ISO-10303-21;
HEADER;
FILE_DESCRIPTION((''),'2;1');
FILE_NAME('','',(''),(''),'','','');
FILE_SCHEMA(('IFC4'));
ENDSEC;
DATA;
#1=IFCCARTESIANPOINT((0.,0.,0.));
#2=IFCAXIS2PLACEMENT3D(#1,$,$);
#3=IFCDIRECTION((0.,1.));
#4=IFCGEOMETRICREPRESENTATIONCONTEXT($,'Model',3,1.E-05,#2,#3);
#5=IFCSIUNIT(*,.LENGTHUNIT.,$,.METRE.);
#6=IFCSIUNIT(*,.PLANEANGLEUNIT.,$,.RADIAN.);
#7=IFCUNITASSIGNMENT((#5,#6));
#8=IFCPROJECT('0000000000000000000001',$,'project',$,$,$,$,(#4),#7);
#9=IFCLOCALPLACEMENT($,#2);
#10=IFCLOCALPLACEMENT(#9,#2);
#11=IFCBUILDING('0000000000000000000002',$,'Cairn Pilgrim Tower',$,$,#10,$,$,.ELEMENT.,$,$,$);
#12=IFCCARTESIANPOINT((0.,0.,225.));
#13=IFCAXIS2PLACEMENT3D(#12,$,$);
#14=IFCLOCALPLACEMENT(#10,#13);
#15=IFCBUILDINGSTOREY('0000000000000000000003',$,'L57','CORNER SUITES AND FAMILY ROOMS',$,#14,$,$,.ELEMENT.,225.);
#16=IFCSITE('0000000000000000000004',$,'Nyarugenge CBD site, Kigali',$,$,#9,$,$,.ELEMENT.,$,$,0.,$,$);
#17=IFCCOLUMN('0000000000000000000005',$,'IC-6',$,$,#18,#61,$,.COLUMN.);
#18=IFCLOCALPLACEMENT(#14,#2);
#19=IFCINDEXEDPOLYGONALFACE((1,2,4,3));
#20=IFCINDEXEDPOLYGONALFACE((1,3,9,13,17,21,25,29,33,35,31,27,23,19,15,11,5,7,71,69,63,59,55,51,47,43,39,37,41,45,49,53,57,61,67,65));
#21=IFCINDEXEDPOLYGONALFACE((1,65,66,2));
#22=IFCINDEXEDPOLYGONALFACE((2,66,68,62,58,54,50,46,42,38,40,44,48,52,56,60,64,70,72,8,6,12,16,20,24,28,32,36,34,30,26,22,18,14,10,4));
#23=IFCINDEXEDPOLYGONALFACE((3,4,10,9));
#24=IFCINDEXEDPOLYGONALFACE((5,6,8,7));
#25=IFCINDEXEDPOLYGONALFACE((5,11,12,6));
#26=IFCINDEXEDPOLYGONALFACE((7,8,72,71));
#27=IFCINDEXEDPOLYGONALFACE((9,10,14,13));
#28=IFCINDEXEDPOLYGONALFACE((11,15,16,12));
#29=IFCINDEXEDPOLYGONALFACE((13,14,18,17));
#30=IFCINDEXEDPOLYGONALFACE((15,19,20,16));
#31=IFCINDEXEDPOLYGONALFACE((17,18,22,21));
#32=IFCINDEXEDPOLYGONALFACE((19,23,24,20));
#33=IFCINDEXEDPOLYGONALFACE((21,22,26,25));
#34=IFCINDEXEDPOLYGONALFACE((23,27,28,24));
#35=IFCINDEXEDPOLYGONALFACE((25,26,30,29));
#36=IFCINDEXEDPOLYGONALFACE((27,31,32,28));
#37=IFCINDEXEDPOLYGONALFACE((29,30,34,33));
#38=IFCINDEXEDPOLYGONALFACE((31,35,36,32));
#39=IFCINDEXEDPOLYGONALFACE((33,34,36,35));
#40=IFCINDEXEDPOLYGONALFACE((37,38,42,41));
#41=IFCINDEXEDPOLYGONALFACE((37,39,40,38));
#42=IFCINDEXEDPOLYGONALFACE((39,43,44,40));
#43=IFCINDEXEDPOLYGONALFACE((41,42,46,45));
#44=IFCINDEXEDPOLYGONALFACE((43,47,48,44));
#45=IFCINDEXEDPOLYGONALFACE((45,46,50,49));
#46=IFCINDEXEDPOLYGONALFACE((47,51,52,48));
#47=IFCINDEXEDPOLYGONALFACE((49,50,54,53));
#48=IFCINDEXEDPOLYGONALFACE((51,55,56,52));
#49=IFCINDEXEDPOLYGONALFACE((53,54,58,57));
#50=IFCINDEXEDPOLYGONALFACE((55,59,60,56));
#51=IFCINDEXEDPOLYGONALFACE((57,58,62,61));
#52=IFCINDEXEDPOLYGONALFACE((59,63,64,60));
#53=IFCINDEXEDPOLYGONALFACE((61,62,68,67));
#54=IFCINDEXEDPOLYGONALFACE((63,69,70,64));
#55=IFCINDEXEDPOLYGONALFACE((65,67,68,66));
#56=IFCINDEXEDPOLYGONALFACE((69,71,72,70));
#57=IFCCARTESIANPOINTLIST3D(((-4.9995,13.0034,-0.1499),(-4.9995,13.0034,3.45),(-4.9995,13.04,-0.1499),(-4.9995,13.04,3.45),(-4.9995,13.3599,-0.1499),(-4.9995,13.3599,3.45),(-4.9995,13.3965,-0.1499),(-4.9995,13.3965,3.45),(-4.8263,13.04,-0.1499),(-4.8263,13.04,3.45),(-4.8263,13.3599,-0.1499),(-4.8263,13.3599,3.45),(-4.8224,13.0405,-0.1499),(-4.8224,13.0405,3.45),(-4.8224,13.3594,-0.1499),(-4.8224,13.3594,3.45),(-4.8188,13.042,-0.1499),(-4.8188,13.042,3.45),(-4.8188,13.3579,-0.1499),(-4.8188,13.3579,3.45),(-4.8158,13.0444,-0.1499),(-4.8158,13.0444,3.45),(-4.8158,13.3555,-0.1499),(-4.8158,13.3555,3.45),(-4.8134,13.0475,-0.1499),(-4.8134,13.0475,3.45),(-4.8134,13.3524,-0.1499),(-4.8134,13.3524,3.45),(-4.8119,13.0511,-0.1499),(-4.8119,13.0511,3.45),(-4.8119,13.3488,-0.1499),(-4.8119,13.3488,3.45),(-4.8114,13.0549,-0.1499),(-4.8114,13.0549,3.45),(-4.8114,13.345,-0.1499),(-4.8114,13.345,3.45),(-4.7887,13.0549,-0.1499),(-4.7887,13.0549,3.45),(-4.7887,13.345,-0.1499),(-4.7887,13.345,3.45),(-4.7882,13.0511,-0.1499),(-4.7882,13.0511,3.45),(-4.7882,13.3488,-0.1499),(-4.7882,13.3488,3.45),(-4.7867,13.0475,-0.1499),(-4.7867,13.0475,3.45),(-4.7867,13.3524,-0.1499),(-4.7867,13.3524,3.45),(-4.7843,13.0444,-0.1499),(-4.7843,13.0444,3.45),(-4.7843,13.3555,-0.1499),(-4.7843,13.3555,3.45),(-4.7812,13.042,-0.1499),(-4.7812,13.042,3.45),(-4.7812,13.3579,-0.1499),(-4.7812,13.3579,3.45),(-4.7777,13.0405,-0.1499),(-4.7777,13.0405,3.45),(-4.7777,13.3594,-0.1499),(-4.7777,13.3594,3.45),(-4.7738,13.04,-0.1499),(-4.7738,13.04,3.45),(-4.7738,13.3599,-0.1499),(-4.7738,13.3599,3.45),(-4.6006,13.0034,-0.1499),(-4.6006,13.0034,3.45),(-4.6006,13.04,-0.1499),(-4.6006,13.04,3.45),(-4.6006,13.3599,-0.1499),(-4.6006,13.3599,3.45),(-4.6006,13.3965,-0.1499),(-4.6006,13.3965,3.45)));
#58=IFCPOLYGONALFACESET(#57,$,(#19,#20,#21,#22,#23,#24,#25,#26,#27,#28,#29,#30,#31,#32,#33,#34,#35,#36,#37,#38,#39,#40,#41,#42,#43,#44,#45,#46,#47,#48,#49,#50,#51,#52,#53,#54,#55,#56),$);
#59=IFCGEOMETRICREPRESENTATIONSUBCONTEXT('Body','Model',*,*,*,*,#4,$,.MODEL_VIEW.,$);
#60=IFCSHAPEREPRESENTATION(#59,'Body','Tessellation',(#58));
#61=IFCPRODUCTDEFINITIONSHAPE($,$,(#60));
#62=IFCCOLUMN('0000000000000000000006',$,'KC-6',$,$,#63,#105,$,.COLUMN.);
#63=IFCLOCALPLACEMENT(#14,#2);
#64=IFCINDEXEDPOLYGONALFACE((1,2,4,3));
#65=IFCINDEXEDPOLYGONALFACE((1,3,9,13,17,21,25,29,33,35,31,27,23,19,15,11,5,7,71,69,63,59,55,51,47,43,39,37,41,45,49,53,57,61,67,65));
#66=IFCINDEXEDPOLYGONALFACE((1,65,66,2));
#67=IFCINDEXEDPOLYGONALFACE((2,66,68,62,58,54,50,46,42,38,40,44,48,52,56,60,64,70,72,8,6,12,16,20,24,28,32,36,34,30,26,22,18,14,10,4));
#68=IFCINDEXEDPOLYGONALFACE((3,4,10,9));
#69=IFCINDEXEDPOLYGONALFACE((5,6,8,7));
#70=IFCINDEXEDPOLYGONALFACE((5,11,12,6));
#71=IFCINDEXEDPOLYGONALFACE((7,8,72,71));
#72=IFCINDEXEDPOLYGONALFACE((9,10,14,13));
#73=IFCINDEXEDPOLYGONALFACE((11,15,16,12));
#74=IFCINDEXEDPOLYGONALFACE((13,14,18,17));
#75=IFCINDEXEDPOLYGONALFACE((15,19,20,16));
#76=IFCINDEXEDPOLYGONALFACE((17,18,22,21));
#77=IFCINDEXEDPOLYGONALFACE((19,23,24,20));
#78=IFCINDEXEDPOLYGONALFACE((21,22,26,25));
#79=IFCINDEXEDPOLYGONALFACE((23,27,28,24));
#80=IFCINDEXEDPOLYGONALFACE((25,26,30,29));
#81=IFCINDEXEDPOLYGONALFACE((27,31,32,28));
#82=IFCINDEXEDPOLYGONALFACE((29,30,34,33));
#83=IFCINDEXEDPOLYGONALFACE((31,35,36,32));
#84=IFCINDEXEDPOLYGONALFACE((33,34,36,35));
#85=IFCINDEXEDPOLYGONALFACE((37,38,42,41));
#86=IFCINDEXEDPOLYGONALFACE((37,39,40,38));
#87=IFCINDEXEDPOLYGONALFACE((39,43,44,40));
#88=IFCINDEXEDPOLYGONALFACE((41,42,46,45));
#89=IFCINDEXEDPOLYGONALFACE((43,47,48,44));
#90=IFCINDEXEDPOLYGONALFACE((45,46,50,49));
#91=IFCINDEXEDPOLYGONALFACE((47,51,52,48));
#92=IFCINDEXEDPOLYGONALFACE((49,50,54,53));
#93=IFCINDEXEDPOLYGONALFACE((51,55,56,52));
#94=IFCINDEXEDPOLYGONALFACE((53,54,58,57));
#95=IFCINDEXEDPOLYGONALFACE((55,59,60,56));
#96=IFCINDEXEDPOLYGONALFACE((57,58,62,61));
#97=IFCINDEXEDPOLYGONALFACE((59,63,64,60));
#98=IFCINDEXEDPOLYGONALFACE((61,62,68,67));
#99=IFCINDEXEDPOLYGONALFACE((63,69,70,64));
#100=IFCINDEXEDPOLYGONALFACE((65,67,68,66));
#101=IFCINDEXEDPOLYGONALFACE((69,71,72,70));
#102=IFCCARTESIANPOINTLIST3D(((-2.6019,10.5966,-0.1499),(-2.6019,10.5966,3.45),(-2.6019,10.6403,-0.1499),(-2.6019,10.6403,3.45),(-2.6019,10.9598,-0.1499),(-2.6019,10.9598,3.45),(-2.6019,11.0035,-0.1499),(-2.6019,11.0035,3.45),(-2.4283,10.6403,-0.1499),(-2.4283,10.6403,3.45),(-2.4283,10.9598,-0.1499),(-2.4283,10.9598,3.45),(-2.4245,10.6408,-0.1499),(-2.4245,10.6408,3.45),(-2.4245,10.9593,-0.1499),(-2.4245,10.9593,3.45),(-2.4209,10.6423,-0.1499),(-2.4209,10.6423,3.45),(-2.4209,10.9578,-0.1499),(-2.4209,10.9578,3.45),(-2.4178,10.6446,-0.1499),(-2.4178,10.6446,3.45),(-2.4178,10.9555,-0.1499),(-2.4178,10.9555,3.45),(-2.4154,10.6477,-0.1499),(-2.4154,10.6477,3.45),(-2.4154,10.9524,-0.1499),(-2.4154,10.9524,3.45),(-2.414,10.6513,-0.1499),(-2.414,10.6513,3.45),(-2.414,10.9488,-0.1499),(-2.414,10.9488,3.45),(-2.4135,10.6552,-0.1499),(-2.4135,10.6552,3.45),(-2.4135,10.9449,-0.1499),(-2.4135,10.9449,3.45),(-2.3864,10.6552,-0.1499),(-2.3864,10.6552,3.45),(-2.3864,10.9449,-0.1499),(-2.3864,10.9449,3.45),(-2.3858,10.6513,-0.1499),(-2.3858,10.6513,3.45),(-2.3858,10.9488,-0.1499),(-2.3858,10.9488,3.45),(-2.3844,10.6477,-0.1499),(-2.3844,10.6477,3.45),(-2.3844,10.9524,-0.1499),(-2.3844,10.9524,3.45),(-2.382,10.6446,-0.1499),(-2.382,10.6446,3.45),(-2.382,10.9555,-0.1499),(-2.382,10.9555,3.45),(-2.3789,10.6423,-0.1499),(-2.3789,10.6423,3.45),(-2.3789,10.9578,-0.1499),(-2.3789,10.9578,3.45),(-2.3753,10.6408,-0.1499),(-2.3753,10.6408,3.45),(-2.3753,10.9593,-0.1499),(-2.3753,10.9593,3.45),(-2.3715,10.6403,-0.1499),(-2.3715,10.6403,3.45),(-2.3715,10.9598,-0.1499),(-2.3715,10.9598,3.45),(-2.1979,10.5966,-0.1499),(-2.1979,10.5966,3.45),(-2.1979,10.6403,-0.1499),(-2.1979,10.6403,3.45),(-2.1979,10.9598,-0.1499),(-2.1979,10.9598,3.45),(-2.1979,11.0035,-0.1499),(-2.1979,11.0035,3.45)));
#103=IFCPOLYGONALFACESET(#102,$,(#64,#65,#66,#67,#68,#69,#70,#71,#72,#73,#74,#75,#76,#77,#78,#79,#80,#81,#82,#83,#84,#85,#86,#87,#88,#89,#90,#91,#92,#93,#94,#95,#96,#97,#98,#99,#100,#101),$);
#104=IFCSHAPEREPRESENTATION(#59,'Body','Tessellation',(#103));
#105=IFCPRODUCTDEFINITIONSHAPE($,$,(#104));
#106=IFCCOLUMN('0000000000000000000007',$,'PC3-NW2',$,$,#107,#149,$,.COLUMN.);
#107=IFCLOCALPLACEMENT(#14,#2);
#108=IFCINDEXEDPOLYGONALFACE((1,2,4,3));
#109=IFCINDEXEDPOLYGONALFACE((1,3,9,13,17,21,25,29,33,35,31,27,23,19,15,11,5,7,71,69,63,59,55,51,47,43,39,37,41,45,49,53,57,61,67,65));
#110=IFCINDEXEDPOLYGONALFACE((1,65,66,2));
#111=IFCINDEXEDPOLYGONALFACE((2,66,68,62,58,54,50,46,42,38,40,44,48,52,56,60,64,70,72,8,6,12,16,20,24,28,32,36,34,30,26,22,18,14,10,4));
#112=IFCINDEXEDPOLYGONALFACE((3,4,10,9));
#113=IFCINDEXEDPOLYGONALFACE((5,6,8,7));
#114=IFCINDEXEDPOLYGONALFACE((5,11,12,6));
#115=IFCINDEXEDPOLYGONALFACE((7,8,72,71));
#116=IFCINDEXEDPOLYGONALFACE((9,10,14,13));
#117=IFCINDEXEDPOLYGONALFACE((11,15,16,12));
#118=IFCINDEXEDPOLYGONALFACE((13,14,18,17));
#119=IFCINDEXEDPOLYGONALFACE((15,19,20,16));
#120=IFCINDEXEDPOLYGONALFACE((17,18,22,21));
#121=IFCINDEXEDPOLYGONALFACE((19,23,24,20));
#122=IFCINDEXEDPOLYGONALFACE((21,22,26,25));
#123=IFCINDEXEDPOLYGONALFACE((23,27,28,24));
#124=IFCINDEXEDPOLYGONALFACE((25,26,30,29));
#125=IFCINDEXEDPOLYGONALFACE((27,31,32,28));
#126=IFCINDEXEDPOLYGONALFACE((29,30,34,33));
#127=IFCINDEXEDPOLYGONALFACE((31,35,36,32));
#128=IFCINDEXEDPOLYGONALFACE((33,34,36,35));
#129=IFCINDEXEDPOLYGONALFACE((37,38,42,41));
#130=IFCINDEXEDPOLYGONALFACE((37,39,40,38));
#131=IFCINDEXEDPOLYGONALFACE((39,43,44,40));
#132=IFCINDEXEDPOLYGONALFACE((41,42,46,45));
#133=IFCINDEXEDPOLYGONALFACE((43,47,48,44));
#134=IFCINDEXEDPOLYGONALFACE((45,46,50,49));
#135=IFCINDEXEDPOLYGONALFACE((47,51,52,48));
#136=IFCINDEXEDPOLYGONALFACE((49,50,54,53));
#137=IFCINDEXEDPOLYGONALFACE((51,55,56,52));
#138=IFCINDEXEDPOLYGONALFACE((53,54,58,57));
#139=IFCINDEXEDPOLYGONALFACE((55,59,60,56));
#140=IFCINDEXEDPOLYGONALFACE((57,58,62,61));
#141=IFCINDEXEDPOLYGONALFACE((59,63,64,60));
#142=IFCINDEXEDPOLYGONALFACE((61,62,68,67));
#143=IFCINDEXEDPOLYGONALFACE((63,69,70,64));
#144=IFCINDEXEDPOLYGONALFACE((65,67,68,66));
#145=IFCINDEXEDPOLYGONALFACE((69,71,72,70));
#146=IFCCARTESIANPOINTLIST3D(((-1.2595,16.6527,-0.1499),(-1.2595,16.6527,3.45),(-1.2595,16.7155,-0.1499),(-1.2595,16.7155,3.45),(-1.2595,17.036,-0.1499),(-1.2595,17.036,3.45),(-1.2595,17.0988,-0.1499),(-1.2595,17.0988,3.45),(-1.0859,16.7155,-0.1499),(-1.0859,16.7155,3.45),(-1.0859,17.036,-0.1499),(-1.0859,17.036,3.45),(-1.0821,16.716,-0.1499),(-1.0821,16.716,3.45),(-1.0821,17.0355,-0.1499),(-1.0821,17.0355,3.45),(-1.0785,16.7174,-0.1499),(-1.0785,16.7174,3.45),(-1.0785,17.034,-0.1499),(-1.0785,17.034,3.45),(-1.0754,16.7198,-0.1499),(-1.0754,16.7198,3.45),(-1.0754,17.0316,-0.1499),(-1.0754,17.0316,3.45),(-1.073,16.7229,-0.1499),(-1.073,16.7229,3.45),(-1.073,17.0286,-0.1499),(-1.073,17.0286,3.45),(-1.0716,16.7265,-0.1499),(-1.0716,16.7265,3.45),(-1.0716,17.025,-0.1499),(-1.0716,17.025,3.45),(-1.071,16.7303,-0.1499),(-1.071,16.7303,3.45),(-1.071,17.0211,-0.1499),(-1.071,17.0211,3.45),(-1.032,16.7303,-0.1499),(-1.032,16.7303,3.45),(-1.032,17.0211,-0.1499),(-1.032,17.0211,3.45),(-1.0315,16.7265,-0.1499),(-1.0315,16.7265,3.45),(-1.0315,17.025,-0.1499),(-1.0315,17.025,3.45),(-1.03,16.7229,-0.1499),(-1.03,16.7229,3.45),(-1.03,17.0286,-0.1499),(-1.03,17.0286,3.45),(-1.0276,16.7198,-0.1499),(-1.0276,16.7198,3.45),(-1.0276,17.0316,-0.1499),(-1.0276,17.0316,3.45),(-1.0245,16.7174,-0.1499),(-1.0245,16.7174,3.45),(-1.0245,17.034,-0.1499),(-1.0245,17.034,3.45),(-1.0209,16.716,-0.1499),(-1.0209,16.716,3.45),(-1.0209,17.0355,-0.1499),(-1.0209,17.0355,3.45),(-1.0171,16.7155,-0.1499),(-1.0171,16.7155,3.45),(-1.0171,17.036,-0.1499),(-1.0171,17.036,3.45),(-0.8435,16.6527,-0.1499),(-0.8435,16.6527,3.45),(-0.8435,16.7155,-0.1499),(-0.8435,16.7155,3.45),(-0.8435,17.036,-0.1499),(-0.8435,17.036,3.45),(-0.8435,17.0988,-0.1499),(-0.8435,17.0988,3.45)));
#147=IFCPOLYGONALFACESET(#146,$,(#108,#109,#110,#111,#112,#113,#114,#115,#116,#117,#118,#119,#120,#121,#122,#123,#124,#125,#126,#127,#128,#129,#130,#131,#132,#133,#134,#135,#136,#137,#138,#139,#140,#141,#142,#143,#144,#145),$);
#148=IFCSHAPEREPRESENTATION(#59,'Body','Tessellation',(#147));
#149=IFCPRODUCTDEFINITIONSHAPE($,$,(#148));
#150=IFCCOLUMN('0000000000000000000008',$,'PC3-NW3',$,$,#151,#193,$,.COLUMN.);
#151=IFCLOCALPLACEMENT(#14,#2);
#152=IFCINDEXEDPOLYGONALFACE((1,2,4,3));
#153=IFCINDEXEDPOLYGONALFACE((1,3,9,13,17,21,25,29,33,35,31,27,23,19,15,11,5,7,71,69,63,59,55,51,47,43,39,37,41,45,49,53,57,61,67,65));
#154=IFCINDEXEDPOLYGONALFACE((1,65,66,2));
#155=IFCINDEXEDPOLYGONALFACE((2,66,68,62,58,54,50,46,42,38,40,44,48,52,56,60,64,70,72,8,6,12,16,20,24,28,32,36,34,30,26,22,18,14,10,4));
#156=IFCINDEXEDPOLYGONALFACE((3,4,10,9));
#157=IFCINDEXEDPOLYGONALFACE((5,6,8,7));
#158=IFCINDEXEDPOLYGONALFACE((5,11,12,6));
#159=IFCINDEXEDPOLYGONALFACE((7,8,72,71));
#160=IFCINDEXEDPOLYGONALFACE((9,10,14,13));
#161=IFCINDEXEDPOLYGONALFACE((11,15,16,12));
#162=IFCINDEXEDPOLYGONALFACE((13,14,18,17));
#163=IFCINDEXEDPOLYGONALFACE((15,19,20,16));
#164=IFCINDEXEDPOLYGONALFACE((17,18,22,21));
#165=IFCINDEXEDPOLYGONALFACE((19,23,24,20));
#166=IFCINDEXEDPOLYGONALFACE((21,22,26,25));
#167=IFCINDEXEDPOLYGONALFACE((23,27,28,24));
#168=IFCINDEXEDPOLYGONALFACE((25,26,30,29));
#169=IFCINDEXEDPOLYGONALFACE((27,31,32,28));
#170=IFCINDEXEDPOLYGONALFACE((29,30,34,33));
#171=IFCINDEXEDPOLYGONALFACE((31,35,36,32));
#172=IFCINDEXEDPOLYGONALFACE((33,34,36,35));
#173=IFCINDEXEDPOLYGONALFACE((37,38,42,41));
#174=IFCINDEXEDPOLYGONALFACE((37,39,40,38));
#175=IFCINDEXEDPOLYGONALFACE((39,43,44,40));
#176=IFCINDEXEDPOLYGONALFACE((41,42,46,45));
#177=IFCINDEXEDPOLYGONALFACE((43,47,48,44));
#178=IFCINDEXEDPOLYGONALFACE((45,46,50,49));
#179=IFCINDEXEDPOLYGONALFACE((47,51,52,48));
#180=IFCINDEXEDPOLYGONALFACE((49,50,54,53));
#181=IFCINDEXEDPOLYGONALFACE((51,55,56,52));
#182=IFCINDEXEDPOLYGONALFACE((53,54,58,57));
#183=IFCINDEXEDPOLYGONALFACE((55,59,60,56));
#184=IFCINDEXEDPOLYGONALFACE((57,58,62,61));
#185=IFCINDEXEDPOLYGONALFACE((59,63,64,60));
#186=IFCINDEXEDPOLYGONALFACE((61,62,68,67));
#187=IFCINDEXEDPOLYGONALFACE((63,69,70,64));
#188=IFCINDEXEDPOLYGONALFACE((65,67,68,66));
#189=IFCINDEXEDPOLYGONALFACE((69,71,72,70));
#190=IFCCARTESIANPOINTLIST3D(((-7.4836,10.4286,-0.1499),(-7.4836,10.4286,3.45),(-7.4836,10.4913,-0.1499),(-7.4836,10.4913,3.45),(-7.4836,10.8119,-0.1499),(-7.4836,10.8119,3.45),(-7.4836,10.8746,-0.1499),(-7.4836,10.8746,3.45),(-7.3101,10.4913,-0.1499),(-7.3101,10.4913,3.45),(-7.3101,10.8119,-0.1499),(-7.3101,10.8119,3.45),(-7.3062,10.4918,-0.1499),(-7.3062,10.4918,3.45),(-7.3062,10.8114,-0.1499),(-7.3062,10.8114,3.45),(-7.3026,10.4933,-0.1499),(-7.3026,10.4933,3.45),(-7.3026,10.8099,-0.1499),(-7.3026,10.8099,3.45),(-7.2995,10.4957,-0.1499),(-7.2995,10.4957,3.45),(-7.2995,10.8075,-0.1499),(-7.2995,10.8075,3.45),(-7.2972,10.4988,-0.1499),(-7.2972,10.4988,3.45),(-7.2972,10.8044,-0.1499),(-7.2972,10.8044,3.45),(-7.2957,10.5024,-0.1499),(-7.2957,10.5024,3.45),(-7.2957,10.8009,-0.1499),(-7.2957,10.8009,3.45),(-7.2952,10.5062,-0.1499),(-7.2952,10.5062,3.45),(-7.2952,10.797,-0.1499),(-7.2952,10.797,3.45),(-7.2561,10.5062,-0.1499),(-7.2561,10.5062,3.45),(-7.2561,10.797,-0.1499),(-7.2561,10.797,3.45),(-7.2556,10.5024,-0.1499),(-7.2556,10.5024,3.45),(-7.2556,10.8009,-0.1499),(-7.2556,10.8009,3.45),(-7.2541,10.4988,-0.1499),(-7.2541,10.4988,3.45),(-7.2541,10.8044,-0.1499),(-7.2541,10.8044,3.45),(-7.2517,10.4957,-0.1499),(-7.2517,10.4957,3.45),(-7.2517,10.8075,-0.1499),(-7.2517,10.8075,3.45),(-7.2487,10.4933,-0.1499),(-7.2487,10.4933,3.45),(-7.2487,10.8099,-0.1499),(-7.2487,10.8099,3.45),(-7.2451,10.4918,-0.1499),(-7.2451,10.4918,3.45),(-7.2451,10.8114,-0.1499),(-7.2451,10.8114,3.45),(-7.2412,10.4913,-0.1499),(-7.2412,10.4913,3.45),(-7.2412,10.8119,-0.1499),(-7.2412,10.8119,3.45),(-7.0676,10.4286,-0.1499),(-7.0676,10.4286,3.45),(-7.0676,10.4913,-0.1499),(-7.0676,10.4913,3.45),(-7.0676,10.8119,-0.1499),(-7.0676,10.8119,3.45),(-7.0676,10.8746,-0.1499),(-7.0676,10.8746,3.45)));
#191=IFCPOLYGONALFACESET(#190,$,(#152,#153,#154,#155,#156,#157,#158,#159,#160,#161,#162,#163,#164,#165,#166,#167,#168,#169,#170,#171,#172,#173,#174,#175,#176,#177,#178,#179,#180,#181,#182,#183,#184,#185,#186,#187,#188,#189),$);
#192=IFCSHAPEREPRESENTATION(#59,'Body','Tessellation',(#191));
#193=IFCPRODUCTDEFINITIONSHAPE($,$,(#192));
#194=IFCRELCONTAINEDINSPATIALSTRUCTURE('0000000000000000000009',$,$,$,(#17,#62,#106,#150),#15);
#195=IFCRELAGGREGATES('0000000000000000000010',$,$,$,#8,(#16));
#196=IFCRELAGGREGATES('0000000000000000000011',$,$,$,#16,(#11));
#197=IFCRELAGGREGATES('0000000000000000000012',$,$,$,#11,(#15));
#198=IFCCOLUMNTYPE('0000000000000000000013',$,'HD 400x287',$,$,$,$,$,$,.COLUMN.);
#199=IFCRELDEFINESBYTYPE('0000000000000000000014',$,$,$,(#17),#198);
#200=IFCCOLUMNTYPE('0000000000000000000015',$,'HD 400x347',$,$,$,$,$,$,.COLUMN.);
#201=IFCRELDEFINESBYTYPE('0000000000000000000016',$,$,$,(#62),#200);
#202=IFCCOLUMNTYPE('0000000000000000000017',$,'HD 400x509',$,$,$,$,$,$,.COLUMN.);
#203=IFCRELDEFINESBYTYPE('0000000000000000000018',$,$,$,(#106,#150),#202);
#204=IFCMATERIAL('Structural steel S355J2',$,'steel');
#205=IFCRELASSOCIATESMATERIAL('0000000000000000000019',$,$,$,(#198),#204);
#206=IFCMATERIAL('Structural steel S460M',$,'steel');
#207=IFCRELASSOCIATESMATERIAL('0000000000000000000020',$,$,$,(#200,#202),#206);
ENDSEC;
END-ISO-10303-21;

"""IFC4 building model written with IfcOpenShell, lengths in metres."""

from ifc_helpers import new_model, si_unit, direction, frame, origin, origin_2d, place, context, subcontext, project, spatial, i_section, extrude, material, material_profile, profile_set, type_object, element, save


model = new_model("IFC4")

# Units and contexts
model_context = context("Model", 3, precision=1e-05, world=origin(), true_north=direction((0.0, 1.0)))
body_context = subcontext(model_context, "Body", "Model", "MODEL_VIEW")
ifc_project = project(units=[si_unit("LENGTHUNIT", "METRE"), si_unit("PLANEANGLEUNIT", "RADIAN")], contexts=[model_context])

# Site, building, storey
site_placement = place(None, origin())
site = spatial("IfcSite", under=ifc_project, at=site_placement, Name="Nyarugenge CBD site, Kigali", CompositionType="ELEMENT", RefElevation=0.0)
building_placement = place(site_placement, origin())
building = spatial("IfcBuilding", under=site, at=building_placement, Name="Cairn Pilgrim Tower", CompositionType="ELEMENT")
storey_placement = place(building_placement, frame((0.0, 0.0, 225.0)))
storey = spatial("IfcBuildingStorey", under=building, at=storey_placement, Name="L57", Description="CORNER SUITES AND FAMILY ROOMS", CompositionType="ELEMENT", Elevation=225.0)

# Columns
ifc_material_1 = material(Name="Structural steel S355J2", Category="steel")
ifc_material_profile_1 = material_profile(ifc_material_1, i_section(OverallWidth=0.3989, OverallDepth=0.3931, WebThickness=0.0227, FlangeThickness=0.0366, FilletRadius=0.0149, at=origin_2d()), Name="HD 400x287")
ifc_profile_set_1 = profile_set([ifc_material_profile_1], Name="Structural steel S355J2")
column_type_1 = type_object("IfcColumnType", Name="HD 400x287", PredefinedType="COLUMN", material=ifc_profile_set_1)
column_1_placement = place(storey_placement, frame((-4.8, 13.2, -0.1499), z_axis=(0.0, 0.0, 1.0), x_axis=(1.0, 0.0, 0.0)))
element("IfcColumn", 1, at=column_1_placement, inside=storey, type_object=column_type_1, Name="IC-6", PredefinedType="COLUMN", context=body_context, shape_type="SweptSolid", body=[
    extrude(i_section(OverallWidth=0.3989, OverallDepth=0.3931, WebThickness=0.0227, FlangeThickness=0.0366, FilletRadius=0.0149, at=origin_2d()), origin(), (0.0, 0.0, 1.0), 3.5999),
])
ifc_material_2 = material(Name="Structural steel S460M", Category="steel")
ifc_material_profile_2 = material_profile(ifc_material_2, i_section(OverallWidth=0.4041, OverallDepth=0.407, WebThickness=0.0271, FlangeThickness=0.0437, FilletRadius=0.0149, at=origin_2d()), Name="HD 400x347")
ifc_profile_set_2 = profile_set([ifc_material_profile_2], Name="Structural steel S460M")
column_type_2 = type_object("IfcColumnType", Name="HD 400x347", PredefinedType="COLUMN", material=ifc_profile_set_2)
column_2_placement = place(storey_placement, frame((-2.3999, 10.8, -0.1499), z_axis=(0.0, 0.0, 1.0), x_axis=(1.0, 0.0, 0.0)))
element("IfcColumn", 2, at=column_2_placement, inside=storey, type_object=column_type_2, Name="KC-6", PredefinedType="COLUMN", context=body_context, shape_type="SweptSolid", body=[
    extrude(i_section(OverallWidth=0.4041, OverallDepth=0.407, WebThickness=0.0271, FlangeThickness=0.0437, FilletRadius=0.0149, at=origin_2d()), origin(), (0.0, 0.0, 1.0), 3.5999),
])
ifc_material_profile_3 = material_profile(ifc_material_2, i_section(OverallWidth=0.416, OverallDepth=0.446, WebThickness=0.0391, FlangeThickness=0.0627, FilletRadius=0.0149, at=origin_2d()), Name="HD 400x509")
ifc_profile_set_3 = profile_set([ifc_material_profile_3], Name="Structural steel S460M")
column_type_3 = type_object("IfcColumnType", Name="HD 400x509", PredefinedType="COLUMN", material=ifc_profile_set_3)
for number, where, z_axis, x_axis, name in (
    (3, (-1.0515, 16.8757, -0.1499), (0.0, 0.0, 1.0), (1.0, 0.0, 0.0), "PC3-NW2"),
    (4, (-7.2756, 10.6516, -0.1499), (0.0, 0.0, 1.0), (1.0, 0.0, 0.0), "PC3-NW3"),
):
    element("IfcColumn", number, at=place(storey_placement, frame(where, z_axis=z_axis, x_axis=x_axis)), inside=storey, type_object=column_type_3, Name=name, PredefinedType="COLUMN", context=body_context, shape_type="SweptSolid", body=[
        extrude(i_section(OverallWidth=0.416, OverallDepth=0.446, WebThickness=0.0391, FlangeThickness=0.0627, FilletRadius=0.0149, at=origin_2d()), origin(), (0.0, 0.0, 1.0), 3.5999),
    ])

save(model, "model.ifc")
